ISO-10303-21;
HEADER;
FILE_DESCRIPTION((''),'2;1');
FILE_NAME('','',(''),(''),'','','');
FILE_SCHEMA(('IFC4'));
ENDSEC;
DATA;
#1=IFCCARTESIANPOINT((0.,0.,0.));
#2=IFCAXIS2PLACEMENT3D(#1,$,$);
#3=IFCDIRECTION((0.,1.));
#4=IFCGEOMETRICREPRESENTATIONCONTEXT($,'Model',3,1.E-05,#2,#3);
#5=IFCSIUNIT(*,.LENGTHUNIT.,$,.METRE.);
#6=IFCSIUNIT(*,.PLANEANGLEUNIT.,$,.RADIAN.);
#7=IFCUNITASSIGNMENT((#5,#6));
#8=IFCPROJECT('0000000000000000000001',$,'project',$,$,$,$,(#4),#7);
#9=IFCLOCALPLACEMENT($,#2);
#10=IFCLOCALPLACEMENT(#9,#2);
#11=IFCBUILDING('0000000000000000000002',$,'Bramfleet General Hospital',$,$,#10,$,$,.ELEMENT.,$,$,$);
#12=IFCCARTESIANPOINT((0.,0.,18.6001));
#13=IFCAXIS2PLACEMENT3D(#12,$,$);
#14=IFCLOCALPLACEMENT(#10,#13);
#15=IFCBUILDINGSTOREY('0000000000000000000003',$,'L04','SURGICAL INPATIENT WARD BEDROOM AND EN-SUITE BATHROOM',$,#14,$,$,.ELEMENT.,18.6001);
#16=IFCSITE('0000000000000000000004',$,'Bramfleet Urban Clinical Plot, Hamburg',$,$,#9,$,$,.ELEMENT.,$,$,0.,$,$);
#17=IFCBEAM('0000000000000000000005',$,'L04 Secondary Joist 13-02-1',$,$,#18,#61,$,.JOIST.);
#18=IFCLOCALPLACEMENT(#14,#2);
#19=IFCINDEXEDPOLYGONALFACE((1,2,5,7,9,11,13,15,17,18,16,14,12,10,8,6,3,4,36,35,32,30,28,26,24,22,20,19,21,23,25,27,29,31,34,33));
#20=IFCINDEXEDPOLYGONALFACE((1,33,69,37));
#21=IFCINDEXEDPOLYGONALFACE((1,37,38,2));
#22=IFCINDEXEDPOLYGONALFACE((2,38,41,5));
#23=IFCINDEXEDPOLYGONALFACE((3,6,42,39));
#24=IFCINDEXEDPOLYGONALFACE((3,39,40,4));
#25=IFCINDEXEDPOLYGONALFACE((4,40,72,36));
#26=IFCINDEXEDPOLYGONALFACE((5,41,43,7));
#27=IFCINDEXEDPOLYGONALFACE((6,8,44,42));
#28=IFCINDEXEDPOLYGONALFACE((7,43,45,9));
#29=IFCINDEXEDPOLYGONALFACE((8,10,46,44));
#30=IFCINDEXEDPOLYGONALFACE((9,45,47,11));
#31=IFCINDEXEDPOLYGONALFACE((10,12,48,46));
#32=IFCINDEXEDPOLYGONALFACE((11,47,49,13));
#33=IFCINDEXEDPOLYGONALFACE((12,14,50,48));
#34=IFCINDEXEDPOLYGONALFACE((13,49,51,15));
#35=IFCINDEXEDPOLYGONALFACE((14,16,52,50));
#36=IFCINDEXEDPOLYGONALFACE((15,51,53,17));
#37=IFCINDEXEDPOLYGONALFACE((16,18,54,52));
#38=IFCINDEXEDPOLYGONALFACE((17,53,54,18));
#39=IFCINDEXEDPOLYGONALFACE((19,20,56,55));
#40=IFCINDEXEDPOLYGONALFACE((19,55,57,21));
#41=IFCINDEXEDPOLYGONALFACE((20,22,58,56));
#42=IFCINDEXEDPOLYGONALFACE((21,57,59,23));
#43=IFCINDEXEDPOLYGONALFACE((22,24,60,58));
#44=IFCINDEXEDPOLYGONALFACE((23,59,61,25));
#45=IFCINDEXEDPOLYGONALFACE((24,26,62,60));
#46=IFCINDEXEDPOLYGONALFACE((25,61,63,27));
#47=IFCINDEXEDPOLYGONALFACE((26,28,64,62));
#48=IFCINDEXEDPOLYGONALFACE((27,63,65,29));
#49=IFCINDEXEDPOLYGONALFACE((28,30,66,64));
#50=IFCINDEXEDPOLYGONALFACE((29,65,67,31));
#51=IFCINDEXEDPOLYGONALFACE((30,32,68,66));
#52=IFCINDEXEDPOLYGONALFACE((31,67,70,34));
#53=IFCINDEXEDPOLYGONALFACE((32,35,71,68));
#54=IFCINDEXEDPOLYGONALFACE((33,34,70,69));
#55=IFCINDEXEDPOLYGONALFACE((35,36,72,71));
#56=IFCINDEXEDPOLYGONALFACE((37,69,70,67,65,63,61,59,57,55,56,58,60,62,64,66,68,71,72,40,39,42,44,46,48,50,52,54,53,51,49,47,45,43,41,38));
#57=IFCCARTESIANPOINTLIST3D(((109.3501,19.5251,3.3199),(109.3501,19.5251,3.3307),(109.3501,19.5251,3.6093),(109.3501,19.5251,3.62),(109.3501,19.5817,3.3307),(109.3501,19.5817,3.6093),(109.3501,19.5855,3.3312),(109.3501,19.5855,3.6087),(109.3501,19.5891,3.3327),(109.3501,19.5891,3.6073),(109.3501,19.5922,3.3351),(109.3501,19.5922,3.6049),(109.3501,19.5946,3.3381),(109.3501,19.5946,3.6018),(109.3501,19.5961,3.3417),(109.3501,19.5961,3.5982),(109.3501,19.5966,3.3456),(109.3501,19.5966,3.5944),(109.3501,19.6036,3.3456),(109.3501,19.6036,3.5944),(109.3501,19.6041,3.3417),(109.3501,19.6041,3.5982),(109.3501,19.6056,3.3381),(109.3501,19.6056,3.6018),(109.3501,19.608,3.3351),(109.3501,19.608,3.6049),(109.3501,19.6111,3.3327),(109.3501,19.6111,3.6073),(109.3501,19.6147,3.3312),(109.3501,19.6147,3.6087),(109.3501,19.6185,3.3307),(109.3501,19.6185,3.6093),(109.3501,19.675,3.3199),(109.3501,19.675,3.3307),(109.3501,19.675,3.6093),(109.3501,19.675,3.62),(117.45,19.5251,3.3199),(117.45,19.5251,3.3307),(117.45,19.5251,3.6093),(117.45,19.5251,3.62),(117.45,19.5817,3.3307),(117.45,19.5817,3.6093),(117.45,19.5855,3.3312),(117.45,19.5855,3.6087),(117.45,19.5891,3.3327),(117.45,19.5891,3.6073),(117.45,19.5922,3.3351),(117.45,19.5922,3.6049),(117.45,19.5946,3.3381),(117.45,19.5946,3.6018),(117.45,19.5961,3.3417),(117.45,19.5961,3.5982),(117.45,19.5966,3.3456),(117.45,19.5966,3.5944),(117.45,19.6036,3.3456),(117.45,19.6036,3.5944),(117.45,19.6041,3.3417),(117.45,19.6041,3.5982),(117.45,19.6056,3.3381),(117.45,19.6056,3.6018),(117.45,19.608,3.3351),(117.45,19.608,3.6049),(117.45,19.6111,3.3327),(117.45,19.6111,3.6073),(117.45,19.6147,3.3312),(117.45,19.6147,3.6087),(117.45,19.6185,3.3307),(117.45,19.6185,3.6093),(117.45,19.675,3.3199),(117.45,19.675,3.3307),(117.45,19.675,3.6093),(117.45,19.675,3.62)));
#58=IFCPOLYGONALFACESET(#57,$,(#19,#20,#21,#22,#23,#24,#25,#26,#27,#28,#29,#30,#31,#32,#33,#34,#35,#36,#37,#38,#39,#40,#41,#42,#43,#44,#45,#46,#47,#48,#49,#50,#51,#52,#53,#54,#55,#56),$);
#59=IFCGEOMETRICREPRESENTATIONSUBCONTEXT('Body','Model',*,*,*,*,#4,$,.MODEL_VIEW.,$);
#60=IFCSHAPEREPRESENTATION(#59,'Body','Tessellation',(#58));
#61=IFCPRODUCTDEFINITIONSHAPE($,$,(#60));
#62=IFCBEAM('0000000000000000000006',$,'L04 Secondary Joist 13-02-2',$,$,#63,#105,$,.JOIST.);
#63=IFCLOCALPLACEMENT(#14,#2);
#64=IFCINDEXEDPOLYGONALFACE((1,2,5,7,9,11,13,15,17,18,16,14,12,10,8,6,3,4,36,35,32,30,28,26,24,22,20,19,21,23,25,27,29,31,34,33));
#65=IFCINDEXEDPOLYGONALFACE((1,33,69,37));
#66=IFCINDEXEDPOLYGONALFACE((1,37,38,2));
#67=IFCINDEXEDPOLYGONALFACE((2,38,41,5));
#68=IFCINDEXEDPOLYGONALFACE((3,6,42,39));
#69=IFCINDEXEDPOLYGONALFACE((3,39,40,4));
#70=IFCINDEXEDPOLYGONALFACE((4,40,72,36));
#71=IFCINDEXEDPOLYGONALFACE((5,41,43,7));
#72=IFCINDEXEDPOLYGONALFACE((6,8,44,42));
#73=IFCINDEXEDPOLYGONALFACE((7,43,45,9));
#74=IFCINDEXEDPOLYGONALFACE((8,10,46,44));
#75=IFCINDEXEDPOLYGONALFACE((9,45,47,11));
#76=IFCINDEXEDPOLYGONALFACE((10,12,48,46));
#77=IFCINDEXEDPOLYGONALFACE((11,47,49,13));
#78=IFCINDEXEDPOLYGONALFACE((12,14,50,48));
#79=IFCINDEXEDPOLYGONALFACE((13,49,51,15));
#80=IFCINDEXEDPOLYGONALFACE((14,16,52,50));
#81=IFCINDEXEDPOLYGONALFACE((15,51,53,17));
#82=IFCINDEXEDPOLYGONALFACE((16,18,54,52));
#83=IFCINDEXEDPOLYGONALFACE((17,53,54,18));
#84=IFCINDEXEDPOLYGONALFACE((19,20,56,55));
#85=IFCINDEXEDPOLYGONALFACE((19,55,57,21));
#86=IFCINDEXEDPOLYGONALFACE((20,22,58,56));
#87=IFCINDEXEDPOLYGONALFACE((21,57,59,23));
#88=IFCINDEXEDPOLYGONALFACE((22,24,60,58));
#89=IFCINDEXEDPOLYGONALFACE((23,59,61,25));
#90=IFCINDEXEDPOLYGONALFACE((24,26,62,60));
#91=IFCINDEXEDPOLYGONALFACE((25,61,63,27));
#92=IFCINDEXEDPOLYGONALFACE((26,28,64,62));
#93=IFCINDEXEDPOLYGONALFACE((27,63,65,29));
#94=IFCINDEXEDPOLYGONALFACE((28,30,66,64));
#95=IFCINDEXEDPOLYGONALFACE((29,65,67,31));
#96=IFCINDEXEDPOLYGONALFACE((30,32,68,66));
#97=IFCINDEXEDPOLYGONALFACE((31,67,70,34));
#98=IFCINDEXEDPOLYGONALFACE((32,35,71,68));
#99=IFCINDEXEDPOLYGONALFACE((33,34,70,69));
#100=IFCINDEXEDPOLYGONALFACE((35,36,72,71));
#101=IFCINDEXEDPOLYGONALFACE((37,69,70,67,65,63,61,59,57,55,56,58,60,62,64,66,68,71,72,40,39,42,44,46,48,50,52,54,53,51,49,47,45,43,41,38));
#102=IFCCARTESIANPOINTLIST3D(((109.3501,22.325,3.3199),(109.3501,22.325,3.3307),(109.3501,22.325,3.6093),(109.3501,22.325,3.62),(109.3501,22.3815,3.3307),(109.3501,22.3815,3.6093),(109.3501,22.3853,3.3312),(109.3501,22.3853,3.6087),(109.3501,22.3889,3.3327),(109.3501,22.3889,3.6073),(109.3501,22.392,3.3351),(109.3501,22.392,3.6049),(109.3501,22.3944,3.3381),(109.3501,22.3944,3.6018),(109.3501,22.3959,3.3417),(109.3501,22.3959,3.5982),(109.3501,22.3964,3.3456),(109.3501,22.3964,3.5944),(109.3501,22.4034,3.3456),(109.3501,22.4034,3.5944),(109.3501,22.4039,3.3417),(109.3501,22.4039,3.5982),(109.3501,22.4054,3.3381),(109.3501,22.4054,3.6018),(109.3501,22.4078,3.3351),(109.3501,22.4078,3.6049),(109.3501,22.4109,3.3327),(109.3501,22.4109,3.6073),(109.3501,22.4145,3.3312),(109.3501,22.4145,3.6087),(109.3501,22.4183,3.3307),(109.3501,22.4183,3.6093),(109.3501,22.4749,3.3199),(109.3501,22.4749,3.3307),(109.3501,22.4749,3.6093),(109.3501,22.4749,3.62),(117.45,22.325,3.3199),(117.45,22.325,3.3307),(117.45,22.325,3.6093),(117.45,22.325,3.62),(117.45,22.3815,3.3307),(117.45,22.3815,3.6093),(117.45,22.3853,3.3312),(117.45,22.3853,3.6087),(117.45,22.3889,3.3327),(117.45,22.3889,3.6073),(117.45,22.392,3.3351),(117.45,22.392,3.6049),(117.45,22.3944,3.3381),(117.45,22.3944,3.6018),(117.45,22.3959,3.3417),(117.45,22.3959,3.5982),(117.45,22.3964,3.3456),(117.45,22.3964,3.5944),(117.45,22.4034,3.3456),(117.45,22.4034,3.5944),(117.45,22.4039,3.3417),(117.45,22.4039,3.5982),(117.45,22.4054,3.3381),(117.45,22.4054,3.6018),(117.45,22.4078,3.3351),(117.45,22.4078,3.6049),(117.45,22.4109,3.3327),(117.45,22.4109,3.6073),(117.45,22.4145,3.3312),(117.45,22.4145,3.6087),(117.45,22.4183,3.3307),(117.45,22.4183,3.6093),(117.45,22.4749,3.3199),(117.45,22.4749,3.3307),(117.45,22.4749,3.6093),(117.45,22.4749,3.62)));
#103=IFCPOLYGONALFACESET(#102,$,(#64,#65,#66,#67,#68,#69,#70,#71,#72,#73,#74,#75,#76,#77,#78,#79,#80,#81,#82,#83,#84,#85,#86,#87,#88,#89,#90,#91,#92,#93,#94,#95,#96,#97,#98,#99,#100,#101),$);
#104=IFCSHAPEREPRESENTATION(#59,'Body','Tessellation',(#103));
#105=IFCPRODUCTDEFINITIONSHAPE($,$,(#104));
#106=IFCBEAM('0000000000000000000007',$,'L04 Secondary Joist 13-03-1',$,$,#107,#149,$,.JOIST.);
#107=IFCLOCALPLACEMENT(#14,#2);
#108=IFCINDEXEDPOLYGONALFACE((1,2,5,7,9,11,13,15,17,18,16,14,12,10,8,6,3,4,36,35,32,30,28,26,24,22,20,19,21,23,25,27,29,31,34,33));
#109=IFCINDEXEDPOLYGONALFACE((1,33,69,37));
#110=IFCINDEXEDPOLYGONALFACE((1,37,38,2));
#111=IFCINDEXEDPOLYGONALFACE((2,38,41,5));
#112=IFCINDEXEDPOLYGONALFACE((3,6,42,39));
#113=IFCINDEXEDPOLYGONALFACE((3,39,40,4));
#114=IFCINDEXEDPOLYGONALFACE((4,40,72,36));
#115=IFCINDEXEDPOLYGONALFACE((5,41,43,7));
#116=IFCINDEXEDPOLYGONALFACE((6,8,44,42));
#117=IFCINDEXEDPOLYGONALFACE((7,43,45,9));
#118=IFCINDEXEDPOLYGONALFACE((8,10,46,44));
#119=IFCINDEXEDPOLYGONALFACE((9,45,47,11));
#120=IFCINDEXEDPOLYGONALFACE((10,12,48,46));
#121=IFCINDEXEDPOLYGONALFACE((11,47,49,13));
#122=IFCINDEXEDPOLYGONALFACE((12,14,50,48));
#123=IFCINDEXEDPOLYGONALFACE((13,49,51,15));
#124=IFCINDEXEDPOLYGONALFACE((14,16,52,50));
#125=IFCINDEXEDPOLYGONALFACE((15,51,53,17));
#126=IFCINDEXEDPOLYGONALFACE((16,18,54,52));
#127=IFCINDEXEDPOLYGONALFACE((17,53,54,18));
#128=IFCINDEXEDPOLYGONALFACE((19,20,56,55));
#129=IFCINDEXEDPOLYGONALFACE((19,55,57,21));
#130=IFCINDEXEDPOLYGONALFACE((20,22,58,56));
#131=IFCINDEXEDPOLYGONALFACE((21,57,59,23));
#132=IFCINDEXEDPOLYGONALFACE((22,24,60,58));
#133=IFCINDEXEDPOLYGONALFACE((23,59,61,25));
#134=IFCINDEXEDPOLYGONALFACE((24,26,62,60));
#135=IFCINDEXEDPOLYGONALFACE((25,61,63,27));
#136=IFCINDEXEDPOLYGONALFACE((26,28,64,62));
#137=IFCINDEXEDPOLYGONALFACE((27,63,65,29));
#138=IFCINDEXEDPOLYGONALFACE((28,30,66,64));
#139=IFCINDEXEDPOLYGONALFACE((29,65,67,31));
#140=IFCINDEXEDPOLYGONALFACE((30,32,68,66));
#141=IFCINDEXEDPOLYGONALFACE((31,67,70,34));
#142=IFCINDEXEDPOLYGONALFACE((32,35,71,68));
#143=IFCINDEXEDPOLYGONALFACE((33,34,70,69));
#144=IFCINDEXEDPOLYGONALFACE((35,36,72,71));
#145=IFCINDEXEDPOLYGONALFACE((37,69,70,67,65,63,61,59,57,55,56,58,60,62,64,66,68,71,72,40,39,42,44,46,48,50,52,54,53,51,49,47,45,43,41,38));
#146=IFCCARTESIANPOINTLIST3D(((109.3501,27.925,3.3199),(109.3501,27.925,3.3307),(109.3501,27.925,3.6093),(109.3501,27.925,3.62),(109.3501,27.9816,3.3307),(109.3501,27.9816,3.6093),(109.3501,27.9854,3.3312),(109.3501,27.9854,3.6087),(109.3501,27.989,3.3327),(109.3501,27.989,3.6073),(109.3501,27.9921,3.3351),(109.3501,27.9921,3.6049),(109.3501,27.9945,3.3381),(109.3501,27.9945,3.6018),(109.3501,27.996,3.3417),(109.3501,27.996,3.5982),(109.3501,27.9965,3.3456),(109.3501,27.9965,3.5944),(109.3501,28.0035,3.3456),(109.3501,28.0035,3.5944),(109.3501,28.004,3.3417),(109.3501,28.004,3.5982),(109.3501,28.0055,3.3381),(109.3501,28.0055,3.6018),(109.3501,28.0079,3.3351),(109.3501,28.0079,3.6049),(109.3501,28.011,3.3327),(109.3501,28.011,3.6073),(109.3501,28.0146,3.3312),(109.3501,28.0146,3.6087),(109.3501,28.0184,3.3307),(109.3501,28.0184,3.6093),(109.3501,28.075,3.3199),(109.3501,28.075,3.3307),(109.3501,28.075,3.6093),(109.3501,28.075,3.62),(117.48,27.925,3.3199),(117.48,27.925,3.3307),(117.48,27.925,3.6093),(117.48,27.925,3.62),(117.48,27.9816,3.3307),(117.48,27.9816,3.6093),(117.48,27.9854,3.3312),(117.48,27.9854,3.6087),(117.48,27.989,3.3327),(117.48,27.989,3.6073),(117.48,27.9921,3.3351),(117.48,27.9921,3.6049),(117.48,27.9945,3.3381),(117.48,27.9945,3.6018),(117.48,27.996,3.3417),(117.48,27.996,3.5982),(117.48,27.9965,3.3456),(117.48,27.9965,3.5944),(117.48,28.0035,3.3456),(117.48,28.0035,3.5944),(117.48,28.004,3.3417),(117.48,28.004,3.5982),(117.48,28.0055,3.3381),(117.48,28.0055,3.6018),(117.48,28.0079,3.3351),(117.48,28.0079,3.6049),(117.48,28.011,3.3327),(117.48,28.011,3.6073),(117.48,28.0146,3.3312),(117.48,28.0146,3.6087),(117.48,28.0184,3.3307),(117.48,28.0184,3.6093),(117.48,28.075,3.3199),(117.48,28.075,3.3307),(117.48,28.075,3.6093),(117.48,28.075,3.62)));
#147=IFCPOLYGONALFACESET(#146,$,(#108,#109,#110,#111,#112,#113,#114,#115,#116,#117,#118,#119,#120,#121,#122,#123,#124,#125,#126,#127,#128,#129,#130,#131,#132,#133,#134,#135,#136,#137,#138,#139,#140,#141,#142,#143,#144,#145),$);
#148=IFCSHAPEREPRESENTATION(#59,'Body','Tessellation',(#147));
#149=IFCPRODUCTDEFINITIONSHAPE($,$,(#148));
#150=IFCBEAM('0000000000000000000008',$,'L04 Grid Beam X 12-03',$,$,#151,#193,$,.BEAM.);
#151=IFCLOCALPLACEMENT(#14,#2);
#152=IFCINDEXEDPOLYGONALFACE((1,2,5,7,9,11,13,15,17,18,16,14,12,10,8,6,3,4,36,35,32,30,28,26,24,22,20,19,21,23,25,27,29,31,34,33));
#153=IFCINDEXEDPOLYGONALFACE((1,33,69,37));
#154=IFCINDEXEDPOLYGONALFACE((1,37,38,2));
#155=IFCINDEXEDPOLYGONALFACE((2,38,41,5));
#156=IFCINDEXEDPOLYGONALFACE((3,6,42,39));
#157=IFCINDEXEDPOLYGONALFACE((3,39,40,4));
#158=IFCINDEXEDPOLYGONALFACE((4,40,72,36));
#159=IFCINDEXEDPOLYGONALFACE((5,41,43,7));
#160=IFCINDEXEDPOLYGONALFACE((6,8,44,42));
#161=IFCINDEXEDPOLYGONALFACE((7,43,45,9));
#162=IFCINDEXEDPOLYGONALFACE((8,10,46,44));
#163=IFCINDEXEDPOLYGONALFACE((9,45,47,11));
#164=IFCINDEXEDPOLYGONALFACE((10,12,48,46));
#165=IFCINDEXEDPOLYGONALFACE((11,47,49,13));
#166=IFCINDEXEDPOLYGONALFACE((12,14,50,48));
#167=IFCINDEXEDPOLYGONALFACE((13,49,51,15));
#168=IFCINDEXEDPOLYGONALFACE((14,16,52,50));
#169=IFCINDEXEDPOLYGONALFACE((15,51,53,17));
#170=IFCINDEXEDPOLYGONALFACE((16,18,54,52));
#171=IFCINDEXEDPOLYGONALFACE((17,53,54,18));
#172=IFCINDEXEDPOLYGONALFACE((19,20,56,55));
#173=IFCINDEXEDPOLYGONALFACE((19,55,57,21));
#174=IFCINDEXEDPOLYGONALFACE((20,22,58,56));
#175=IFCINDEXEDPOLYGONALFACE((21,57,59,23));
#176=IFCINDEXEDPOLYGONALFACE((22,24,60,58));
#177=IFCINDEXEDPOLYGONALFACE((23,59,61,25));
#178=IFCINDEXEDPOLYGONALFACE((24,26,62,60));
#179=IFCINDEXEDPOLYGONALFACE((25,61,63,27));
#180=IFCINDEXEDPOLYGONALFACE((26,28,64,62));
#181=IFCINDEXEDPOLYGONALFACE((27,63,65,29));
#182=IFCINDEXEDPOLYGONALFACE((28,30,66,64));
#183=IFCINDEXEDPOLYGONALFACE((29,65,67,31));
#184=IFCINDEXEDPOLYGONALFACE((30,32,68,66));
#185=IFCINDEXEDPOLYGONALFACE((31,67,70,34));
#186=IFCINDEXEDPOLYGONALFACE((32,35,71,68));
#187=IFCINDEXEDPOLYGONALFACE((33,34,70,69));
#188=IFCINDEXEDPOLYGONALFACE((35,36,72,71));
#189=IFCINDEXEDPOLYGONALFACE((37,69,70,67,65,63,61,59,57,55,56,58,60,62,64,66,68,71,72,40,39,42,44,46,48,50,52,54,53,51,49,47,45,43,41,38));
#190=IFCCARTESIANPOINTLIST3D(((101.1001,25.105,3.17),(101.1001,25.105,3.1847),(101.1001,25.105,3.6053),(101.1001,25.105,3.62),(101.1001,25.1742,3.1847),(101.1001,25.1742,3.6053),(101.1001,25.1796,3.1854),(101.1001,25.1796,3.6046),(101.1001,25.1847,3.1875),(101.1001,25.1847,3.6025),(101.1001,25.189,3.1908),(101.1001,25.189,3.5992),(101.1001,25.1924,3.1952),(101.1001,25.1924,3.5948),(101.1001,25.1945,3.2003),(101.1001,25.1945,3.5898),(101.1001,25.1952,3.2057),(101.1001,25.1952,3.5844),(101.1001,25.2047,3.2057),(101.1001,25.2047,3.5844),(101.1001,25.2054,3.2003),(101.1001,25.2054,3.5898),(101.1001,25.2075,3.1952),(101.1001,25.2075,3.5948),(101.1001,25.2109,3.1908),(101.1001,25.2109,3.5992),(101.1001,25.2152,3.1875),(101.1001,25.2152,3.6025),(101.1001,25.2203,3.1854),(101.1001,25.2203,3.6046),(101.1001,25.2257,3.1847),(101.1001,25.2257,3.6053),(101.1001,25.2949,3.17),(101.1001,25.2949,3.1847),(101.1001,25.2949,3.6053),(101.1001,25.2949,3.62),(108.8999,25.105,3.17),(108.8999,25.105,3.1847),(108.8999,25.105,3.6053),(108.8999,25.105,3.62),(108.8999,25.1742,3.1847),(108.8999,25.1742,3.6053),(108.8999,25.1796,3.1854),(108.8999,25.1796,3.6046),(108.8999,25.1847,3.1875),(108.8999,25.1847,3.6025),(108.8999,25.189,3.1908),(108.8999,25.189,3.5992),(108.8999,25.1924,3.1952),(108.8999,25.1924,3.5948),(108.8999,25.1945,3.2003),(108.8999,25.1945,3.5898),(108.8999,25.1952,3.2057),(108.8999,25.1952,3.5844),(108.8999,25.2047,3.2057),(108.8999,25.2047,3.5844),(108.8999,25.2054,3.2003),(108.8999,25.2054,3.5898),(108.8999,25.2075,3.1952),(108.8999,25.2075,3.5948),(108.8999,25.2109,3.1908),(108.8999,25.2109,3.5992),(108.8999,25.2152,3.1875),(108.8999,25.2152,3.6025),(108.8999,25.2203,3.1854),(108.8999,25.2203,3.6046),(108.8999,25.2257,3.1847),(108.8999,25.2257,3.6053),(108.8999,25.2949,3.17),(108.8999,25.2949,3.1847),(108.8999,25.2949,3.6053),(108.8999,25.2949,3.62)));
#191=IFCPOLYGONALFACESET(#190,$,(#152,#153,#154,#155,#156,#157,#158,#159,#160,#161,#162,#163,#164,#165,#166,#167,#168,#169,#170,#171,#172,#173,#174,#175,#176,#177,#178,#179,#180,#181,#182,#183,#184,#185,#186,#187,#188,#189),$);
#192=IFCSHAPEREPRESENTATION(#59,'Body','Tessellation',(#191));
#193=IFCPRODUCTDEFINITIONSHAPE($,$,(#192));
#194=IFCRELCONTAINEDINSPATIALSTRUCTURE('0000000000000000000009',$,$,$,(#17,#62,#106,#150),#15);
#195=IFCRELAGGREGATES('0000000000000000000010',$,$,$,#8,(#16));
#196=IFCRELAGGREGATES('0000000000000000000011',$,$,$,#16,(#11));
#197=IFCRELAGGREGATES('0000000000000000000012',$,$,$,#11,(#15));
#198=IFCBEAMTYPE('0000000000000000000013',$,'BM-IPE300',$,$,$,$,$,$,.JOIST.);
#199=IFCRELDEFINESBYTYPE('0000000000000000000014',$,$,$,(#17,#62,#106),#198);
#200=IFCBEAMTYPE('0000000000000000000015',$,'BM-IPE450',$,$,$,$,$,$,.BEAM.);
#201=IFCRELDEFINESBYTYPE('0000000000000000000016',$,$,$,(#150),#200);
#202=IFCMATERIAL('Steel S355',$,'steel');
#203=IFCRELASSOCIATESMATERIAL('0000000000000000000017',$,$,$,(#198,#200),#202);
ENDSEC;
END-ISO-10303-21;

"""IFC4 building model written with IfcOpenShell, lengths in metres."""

from ifc_helpers import new_model, si_unit, direction, frame, origin, origin_2d, place, context, subcontext, project, spatial, i_section, extrude, material, material_profile, profile_set, type_object, element, save


model = new_model("IFC4")

# Units and contexts
model_context = context("Model", 3, precision=1e-05, world=origin(), true_north=direction((0.0, 1.0)))
body_context = subcontext(model_context, "Body", "Model", "MODEL_VIEW")
ifc_project = project(units=[si_unit("LENGTHUNIT", "METRE"), si_unit("PLANEANGLEUNIT", "RADIAN")], contexts=[model_context])

# Site, building, storey
site_placement = place(None, origin())
site = spatial("IfcSite", under=ifc_project, at=site_placement, Name="Bramfleet Urban Clinical Plot, Hamburg", CompositionType="ELEMENT", RefElevation=0.0)
building_placement = place(site_placement, origin())
building = spatial("IfcBuilding", under=site, at=building_placement, Name="Bramfleet General Hospital", CompositionType="ELEMENT")
storey_placement = place(building_placement, frame((0.0, 0.0, 18.6001)))
storey = spatial("IfcBuildingStorey", under=building, at=storey_placement, Name="L04", Description="SURGICAL INPATIENT WARD BEDROOM AND EN-SUITE BATHROOM", CompositionType="ELEMENT", Elevation=18.6001)

# Beams
ifc_material_1 = material(Name="Steel S355", Category="steel")
ifc_material_profile_1 = material_profile(ifc_material_1, i_section(OverallWidth=0.1499, OverallDepth=0.3, WebThickness=0.0071, FlangeThickness=0.0107, FilletRadius=0.0149, at=origin_2d()), Name="IPE 300")
ifc_profile_set_1 = profile_set([ifc_material_profile_1], Name="Steel S355")
beam_type_1 = type_object("IfcBeamType", Name="BM-IPE300", PredefinedType="JOIST", material=ifc_profile_set_1)
for number, where, z_axis, x_axis, name in (
    (1, (109.3501, 19.6001, 3.47), (1.0, 0.0, 0.0), (0.0, 1.0, 0.0), "L04 Secondary Joist 13-02-1"),
    (2, (109.3501, 22.3999, 3.47), (1.0, 0.0, 0.0), (0.0, 1.0, 0.0), "L04 Secondary Joist 13-02-2"),
):
    element("IfcBeam", number, at=place(storey_placement, frame(where, z_axis=z_axis, x_axis=x_axis)), inside=storey, type_object=beam_type_1, Name=name, PredefinedType="JOIST", context=body_context, shape_type="SweptSolid", body=[
        extrude(i_section(OverallWidth=0.1499, OverallDepth=0.3, WebThickness=0.0071, FlangeThickness=0.0107, FilletRadius=0.0149, at=origin_2d()), origin(), (0.0, 0.0, 1.0), 8.0999),
    ])
beam_1_placement = place(storey_placement, frame((109.3501, 28.0, 3.47), z_axis=(1.0, 0.0, 0.0), x_axis=(0.0, 1.0, 0.0)))
element("IfcBeam", 3, at=beam_1_placement, inside=storey, type_object=beam_type_1, Name="L04 Secondary Joist 13-03-1", PredefinedType="JOIST", context=body_context, shape_type="SweptSolid", body=[
    extrude(i_section(OverallWidth=0.1499, OverallDepth=0.3, WebThickness=0.0071, FlangeThickness=0.0107, FilletRadius=0.0149, at=origin_2d()), origin(), (0.0, 0.0, 1.0), 8.1299),
])
ifc_material_profile_2 = material_profile(ifc_material_1, i_section(OverallWidth=0.1899, OverallDepth=0.45, WebThickness=0.0095, FlangeThickness=0.0146, FilletRadius=0.021, at=origin_2d()), Name="IPE 450")
ifc_profile_set_2 = profile_set([ifc_material_profile_2], Name="Steel S355")
beam_type_2 = type_object("IfcBeamType", Name="BM-IPE450", PredefinedType="BEAM", material=ifc_profile_set_2)
beam_2_placement = place(storey_placement, frame((101.1001, 25.2, 3.395), z_axis=(1.0, 0.0, 0.0), x_axis=(0.0, 1.0, 0.0)))
element("IfcBeam", 4, at=beam_2_placement, inside=storey, type_object=beam_type_2, Name="L04 Grid Beam X 12-03", PredefinedType="BEAM", context=body_context, shape_type="SweptSolid", body=[
    extrude(i_section(OverallWidth=0.1899, OverallDepth=0.45, WebThickness=0.0095, FlangeThickness=0.0146, FilletRadius=0.021, at=origin_2d()), origin(), (0.0, 0.0, 1.0), 7.7998),
])

save(model, "model.ifc")
